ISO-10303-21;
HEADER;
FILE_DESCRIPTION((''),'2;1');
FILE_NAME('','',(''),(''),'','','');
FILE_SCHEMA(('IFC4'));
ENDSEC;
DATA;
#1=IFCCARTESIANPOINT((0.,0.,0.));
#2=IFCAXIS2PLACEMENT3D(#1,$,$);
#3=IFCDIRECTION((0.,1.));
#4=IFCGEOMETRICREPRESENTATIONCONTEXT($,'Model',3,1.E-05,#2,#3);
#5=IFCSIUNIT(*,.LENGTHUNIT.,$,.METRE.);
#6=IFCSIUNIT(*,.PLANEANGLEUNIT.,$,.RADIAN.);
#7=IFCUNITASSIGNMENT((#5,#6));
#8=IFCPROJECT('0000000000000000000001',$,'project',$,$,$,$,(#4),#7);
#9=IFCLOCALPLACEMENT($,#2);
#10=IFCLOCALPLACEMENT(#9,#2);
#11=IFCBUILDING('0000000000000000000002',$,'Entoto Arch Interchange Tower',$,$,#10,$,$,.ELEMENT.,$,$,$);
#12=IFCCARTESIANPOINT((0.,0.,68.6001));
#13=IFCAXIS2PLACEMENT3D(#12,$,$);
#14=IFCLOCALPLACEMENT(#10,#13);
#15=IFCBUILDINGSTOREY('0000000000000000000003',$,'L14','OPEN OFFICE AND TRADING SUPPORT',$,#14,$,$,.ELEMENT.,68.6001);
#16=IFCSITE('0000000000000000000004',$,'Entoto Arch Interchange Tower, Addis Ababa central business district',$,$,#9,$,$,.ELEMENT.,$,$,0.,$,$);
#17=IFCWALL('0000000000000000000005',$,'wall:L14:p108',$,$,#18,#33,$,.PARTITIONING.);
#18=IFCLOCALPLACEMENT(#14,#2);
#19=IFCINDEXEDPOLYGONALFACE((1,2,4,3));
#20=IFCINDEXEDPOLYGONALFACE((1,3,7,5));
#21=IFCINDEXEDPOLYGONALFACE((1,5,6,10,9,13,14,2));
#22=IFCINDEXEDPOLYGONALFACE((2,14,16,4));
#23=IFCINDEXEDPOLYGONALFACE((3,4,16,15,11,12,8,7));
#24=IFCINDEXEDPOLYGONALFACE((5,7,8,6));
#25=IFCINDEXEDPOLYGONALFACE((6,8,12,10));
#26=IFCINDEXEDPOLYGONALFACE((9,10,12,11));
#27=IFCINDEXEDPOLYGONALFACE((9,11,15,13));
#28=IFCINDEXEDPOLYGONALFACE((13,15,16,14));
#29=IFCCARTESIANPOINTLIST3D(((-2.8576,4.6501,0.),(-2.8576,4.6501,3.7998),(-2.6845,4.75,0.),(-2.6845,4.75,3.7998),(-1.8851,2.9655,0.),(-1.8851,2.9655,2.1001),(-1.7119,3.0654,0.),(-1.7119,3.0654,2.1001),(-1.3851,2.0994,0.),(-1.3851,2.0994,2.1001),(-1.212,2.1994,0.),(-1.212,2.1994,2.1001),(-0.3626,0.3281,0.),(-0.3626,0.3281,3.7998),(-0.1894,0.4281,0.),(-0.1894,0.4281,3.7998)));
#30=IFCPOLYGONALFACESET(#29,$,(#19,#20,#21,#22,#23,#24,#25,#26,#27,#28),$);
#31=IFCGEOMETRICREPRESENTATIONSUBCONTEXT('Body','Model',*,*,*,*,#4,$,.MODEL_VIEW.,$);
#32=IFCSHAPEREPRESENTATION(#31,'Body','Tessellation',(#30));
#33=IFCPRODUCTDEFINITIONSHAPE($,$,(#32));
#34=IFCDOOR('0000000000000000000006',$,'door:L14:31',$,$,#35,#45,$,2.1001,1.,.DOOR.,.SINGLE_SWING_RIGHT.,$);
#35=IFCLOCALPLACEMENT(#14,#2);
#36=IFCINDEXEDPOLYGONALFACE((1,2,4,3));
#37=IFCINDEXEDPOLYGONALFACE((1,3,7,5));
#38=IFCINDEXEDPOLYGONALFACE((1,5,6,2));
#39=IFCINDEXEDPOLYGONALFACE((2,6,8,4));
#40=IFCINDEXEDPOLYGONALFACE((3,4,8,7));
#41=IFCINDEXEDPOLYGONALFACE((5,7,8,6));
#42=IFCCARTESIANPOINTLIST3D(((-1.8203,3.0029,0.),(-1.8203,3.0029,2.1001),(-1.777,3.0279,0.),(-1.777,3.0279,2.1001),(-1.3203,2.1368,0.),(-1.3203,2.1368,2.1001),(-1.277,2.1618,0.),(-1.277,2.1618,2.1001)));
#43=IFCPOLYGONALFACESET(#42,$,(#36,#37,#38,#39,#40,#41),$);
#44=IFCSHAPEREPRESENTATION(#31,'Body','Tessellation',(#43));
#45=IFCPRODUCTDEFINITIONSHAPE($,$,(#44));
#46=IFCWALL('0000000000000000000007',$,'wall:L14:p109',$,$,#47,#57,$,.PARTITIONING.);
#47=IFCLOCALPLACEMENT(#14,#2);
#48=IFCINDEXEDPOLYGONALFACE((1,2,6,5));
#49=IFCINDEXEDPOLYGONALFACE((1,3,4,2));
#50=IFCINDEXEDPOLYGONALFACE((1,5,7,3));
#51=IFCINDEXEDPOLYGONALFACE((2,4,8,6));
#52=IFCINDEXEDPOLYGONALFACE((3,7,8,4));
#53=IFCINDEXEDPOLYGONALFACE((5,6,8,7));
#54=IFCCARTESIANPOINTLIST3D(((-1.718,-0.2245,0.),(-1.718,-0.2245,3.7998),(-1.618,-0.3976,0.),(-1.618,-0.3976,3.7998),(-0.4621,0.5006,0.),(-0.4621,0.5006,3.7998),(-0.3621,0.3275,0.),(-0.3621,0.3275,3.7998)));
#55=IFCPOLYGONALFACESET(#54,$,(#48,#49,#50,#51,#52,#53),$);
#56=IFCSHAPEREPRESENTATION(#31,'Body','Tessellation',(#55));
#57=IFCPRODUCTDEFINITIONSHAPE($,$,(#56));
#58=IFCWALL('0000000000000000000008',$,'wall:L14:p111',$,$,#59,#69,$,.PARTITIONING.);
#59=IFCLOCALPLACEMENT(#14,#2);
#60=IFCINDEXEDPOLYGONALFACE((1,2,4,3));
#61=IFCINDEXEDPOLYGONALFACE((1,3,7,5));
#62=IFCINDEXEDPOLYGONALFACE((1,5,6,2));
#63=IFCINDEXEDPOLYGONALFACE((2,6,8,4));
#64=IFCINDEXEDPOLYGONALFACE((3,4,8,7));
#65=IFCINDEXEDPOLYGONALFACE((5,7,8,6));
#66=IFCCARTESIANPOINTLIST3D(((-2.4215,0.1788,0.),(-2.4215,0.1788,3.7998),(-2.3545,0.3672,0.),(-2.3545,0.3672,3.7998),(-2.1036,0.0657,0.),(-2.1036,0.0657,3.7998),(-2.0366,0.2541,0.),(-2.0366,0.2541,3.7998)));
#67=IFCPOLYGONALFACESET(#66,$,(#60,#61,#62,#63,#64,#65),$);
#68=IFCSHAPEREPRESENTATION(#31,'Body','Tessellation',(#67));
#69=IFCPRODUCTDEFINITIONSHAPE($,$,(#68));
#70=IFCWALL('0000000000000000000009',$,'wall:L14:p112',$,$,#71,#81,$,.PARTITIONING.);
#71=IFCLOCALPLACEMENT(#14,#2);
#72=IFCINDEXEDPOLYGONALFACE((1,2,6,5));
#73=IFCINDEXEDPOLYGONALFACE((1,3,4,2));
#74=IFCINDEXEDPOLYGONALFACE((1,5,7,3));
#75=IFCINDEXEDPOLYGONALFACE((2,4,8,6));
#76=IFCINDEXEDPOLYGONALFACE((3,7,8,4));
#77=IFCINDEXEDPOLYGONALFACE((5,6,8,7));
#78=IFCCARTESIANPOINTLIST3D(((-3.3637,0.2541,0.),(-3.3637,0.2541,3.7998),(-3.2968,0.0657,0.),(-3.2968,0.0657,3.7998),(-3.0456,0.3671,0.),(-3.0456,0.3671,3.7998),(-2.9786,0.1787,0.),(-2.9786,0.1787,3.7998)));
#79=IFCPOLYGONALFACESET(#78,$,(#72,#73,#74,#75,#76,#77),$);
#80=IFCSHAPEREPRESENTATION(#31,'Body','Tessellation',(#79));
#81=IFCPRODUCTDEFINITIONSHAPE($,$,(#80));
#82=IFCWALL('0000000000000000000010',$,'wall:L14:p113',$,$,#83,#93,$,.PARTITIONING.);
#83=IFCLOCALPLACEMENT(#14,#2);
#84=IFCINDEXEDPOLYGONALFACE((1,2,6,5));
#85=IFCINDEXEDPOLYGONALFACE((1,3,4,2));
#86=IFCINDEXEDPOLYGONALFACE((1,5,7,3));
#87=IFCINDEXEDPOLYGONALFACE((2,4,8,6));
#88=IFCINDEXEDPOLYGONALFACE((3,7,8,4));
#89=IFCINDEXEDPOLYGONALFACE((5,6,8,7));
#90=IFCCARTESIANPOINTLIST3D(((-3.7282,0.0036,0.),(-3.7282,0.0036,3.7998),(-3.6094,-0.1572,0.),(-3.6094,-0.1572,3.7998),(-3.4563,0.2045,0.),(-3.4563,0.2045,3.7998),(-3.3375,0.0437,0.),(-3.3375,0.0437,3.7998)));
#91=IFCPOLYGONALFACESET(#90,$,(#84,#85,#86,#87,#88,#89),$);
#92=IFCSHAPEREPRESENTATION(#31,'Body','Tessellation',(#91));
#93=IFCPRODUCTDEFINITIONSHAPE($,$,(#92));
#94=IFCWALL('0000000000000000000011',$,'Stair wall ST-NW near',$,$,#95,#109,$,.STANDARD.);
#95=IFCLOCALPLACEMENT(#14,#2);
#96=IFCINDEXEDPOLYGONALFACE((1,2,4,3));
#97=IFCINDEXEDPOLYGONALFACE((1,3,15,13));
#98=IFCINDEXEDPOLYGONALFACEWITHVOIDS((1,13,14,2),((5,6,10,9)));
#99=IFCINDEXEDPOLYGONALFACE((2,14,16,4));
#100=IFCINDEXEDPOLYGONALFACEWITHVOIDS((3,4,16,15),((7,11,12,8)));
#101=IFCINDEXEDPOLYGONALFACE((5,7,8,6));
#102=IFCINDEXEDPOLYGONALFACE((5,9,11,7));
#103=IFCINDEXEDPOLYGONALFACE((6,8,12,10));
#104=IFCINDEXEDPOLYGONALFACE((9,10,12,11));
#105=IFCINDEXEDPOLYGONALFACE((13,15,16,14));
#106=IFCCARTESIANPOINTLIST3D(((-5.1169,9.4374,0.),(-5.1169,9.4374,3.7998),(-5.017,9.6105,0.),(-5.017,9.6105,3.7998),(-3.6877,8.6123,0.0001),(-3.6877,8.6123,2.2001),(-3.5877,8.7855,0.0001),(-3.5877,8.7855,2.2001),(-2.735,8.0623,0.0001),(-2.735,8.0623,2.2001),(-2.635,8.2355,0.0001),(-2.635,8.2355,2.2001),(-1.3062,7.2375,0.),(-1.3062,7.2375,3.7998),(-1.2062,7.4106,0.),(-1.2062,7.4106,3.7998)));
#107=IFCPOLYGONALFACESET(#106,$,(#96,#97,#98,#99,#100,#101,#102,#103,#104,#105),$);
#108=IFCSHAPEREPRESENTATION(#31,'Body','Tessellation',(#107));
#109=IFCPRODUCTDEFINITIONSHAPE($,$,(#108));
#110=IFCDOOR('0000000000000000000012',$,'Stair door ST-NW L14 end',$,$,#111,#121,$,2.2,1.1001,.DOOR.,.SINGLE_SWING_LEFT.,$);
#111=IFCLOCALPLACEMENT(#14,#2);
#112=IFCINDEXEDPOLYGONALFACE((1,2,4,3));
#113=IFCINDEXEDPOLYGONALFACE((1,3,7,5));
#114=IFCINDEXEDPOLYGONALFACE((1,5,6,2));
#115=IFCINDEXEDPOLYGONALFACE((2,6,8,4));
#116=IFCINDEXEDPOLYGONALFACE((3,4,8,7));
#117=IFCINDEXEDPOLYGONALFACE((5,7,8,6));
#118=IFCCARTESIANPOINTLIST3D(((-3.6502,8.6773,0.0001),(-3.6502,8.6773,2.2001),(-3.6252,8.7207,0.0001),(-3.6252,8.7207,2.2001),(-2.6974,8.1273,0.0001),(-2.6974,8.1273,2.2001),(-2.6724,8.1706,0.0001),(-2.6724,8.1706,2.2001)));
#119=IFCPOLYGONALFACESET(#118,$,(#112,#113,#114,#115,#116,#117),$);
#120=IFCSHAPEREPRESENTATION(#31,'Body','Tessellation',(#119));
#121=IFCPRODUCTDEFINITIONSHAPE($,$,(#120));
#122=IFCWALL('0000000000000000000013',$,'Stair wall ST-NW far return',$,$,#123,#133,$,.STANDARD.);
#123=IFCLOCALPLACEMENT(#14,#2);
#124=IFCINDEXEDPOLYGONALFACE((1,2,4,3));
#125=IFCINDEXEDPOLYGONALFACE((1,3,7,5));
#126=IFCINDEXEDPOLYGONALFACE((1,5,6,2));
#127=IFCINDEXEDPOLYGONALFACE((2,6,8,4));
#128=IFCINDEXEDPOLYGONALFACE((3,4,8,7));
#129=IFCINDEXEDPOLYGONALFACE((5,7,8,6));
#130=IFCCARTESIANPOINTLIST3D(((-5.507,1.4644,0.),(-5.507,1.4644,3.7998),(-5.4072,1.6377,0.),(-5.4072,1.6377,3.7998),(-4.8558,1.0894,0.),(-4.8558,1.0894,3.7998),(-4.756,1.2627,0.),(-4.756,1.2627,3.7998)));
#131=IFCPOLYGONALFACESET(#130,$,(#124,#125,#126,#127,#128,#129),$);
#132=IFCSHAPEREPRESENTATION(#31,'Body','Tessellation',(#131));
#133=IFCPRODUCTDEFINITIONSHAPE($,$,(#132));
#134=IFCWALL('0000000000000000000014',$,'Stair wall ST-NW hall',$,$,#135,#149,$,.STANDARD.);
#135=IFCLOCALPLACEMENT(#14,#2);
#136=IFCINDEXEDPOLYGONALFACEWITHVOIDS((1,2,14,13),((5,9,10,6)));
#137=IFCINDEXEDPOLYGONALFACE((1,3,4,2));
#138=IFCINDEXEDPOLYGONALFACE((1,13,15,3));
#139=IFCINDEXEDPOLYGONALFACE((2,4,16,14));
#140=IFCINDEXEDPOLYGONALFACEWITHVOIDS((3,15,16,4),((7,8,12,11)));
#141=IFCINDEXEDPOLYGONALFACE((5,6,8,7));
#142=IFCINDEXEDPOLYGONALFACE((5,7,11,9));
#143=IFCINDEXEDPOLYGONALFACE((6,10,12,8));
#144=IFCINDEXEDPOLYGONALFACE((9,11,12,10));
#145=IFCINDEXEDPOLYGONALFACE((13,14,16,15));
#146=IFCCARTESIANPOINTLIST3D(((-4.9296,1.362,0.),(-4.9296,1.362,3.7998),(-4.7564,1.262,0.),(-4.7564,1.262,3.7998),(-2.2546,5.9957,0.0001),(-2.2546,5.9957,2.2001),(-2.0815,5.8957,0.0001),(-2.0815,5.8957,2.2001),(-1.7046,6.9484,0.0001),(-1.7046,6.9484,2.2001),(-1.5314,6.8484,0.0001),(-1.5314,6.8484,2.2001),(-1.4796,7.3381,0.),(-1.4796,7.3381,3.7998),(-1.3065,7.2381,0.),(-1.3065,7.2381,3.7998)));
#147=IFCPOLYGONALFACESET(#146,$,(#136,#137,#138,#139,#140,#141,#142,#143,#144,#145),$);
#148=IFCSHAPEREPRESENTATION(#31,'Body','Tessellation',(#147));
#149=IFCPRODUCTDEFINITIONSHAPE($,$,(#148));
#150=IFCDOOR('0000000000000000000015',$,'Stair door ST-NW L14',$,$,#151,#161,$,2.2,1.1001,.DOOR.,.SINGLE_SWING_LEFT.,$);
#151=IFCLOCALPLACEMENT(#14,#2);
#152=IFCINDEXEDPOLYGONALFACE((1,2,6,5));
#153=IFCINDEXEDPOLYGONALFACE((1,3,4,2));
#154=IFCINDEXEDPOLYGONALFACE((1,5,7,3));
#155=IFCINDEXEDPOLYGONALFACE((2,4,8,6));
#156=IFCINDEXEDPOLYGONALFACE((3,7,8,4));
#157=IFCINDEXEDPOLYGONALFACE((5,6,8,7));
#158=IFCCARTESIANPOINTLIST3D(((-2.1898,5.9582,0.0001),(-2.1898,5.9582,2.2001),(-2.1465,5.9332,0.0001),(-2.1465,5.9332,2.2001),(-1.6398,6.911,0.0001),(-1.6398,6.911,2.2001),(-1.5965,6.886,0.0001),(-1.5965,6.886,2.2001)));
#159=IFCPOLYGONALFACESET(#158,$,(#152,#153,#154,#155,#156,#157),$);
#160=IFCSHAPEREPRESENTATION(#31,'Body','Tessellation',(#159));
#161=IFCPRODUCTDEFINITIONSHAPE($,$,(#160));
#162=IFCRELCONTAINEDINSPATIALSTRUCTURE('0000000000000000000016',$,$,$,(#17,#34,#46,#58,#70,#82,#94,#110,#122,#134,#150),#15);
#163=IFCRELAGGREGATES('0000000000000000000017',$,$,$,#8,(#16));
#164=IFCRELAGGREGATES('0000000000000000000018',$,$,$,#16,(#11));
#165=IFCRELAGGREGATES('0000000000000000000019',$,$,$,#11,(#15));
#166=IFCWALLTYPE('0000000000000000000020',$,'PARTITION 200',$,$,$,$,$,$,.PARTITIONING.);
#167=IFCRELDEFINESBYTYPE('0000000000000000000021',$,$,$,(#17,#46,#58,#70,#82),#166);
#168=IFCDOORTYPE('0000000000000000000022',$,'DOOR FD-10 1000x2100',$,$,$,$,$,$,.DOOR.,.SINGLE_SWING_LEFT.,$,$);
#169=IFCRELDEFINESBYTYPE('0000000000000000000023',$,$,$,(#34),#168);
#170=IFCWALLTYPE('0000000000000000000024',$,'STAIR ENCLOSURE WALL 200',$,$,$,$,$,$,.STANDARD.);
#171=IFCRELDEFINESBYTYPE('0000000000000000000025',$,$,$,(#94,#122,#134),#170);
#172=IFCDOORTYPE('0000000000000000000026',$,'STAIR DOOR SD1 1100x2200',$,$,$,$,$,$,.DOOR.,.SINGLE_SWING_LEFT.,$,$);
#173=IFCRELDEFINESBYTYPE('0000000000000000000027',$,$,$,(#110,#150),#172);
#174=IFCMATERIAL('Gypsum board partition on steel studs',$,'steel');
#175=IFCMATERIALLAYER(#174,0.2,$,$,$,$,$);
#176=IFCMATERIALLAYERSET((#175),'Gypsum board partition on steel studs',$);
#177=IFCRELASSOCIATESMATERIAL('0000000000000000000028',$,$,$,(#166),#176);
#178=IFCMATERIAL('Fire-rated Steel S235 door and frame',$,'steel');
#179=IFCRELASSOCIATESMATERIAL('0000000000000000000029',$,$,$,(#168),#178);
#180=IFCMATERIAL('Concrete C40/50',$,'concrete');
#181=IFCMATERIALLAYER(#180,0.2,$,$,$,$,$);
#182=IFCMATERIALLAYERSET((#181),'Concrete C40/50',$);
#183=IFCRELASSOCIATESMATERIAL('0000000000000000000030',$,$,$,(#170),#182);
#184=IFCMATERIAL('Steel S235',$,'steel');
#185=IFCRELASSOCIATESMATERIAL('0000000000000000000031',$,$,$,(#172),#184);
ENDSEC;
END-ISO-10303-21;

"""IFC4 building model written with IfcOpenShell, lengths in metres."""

from ifc_helpers import new_model, si_unit, direction, frame, frame_2d, origin, place, context, subcontext, project, spatial, rectangle, extrude, material, layer, layer_set, type_object, element, fill, save


model = new_model("IFC4")

# Units and contexts
model_context = context("Model", 3, precision=1e-05, world=origin(), true_north=direction((0.0, 1.0)))
body_context = subcontext(model_context, "Body", "Model", "MODEL_VIEW")
ifc_project = project(units=[si_unit("LENGTHUNIT", "METRE"), si_unit("PLANEANGLEUNIT", "RADIAN")], contexts=[model_context])

# Site, building, storey
site_placement = place(None, origin())
site = spatial("IfcSite", under=ifc_project, at=site_placement, Name="Entoto Arch Interchange Tower, Addis Ababa central business district", CompositionType="ELEMENT", RefElevation=0.0)
building_placement = place(site_placement, origin())
building = spatial("IfcBuilding", under=site, at=building_placement, Name="Entoto Arch Interchange Tower", CompositionType="ELEMENT")
storey_placement = place(building_placement, frame((0.0, 0.0, 68.6001)))
storey = spatial("IfcBuildingStorey", under=building, at=storey_placement, Name="L14", Description="OPEN OFFICE AND TRADING SUPPORT", CompositionType="ELEMENT", Elevation=68.6001)

# Wall, opening, door
ifc_material_1 = material(Name="Concrete C40/50", Category="concrete")
ifc_material_2 = material(Name="Gypsum board partition on steel studs", Category="steel")
ifc_layer_1 = layer(ifc_material_2, 0.2)
ifc_layer_set_1 = layer_set([ifc_layer_1], Name="Gypsum board partition on steel studs")
wall_type_1 = type_object("IfcWallType", Name="PARTITION 200", PredefinedType="PARTITIONING", material=ifc_layer_set_1)
wall_1_placement = place(storey_placement, frame((-2.771, 4.7, 0.0), z_axis=(0.0, 0.0, 1.0), x_axis=(0.499969, -0.866043, 0.0)))
wall_1 = element("IfcWall", 1, at=wall_1_placement, inside=storey, type_object=wall_type_1, Name="wall:L14:p108", PredefinedType="PARTITIONING", context=body_context, shape_type="SweptSolid", body=[
    extrude(rectangle(XDim=4.9905, YDim=0.2, at=frame_2d((2.4951, 0.0))), origin(), (0.0, 0.0, 1.0), 3.7998),
])
opening_1_placement = place(wall_1_placement, frame((1.9451, 0.0, 0.0)))
opening_1 = element("IfcOpeningElement", 2, at=opening_1_placement, cuts=wall_1, PredefinedType="OPENING", context=body_context, shape_type="SweptSolid", body=[
    extrude(rectangle(XDim=1.0, YDim=2.1001, at=frame_2d((0.5, 1.05))), frame((0.0, 0.1099, 0.0), z_axis=(0.0, -1.0, 0.0), x_axis=(1.0, 0.0, 0.0)), (0.0, 0.0, 1.0), 0.22),
])
ifc_material_3 = material(Name="Fire-rated Steel S235 door and frame", Category="steel")
door_type_1 = type_object("IfcDoorType", Name="DOOR FD-10 1000x2100", OperationType="SINGLE_SWING_LEFT", PredefinedType="DOOR", material=ifc_material_3)
door_1_placement = place(opening_1_placement, origin())
door_1 = element("IfcDoor", 3, at=door_1_placement, inside=storey, type_object=door_type_1, Name="door:L14:31", OperationType="SINGLE_SWING_RIGHT", OverallHeight=2.1001, OverallWidth=1.0, PredefinedType="DOOR", context=body_context, shape_type="SweptSolid", body=[
    extrude(rectangle(XDim=1.0, YDim=2.1001, at=frame_2d((0.5, 1.05))), frame((0.0, 0.0249, 0.0), z_axis=(0.0, -1.0, 0.0), x_axis=(1.0, 0.0, 0.0)), (0.0, 0.0, 1.0), 0.05),
])
fill(opening_1, door_1)

# Walls
wall_2_placement = place(storey_placement, frame((-0.4121, 0.4141, 0.0), z_axis=(0.0, 0.0, 1.0), x_axis=(-0.866017, -0.500014, 0.0)))
element("IfcWall", 4, at=wall_2_placement, inside=storey, type_object=wall_type_1, Name="wall:L14:p109", PredefinedType="PARTITIONING", context=body_context, shape_type="SweptSolid", body=[
    extrude(rectangle(XDim=1.4502, YDim=0.2, at=frame_2d((0.7251, 0.0))), origin(), (0.0, 0.0, 1.0), 3.7998),
])
wall_3_placement = place(storey_placement, frame((-2.0701, 0.1599, 0.0), z_axis=(0.0, 0.0, 1.0), x_axis=(-0.942199, 0.335052, 0.0)))
element("IfcWall", 5, at=wall_3_placement, inside=storey, type_object=wall_type_1, Name="wall:L14:p111", PredefinedType="PARTITIONING", context=body_context, shape_type="SweptSolid", body=[
    extrude(rectangle(XDim=0.3374, YDim=0.2, at=frame_2d((0.1687, 0.0))), origin(), (0.0, 0.0, 1.0), 3.7998),
])
wall_4_placement = place(storey_placement, frame((-3.012, 0.2729, 0.0), z_axis=(0.0, 0.0, 1.0), x_axis=(-0.942281, -0.334824, 0.0)))
element("IfcWall", 6, at=wall_4_placement, inside=storey, type_object=wall_type_1, Name="wall:L14:p112", PredefinedType="PARTITIONING", context=body_context, shape_type="SweptSolid", body=[
    extrude(rectangle(XDim=0.3376, YDim=0.2, at=frame_2d((0.1689, 0.0))), origin(), (0.0, 0.0, 1.0), 3.7998),
])
wall_5_placement = place(storey_placement, frame((-3.397, 0.124, 0.0), z_axis=(0.0, 0.0, 1.0), x_axis=(-0.804311, -0.594208, 0.0)))
element("IfcWall", 7, at=wall_5_placement, inside=storey, type_object=wall_type_1, Name="wall:L14:p113", PredefinedType="PARTITIONING", context=body_context, shape_type="SweptSolid", body=[
    extrude(rectangle(XDim=0.3381, YDim=0.2, at=frame_2d((0.1689, 0.0))), origin(), (0.0, 0.0, 1.0), 3.7998),
])

# Wall, opening, door
ifc_layer_2 = layer(ifc_material_1, 0.2)
ifc_layer_set_2 = layer_set([ifc_layer_2], Name="Concrete C40/50")
wall_type_2 = type_object("IfcWallType", Name="STAIR ENCLOSURE WALL 200", PredefinedType="STANDARD", material=ifc_layer_set_2)
wall_6_placement = place(storey_placement, frame((-1.2561, 7.324, 0.0), z_axis=(0.0, 0.0, 1.0), x_axis=(-0.866046, 0.499964, 0.0)))
wall_6 = element("IfcWall", 8, at=wall_6_placement, inside=storey, type_object=wall_type_2, Name="Stair wall ST-NW near", PredefinedType="STANDARD", context=body_context, shape_type="SweptSolid", body=[
    extrude(rectangle(XDim=4.4001, YDim=0.2, at=frame_2d((2.2002, 0.0))), origin(), (0.0, 0.0, 1.0), 3.7998),
])
opening_2_placement = place(wall_6_placement, frame((1.6499, 0.0, 0.0)))
opening_2 = element("IfcOpeningElement", 9, at=opening_2_placement, cuts=wall_6, PredefinedType="OPENING", context=body_context, shape_type="SweptSolid", body=[
    extrude(rectangle(XDim=1.1001, YDim=2.2, at=frame_2d((0.55, 1.1001))), frame((0.0, 0.1099, 0.0), z_axis=(0.0, -1.0, 0.0), x_axis=(1.0, 0.0, 0.0)), (0.0, 0.0, 1.0), 0.22),
])
ifc_material_4 = material(Name="Steel S235", Category="steel")
door_type_2 = type_object("IfcDoorType", Name="STAIR DOOR SD1 1100x2200", OperationType="SINGLE_SWING_LEFT", PredefinedType="DOOR", material=ifc_material_4)
door_2_placement = place(opening_2_placement, origin())
door_2 = element("IfcDoor", 10, at=door_2_placement, inside=storey, type_object=door_type_2, Name="Stair door ST-NW L14 end", OperationType="SINGLE_SWING_LEFT", OverallHeight=2.2, OverallWidth=1.1001, PredefinedType="DOOR", context=body_context, shape_type="SweptSolid", body=[
    extrude(rectangle(XDim=1.1001, YDim=2.2, at=frame_2d((0.55, 1.1001))), frame((0.0, 0.0249, 0.0), z_axis=(0.0, -1.0, 0.0), x_axis=(1.0, 0.0, 0.0)), (0.0, 0.0, 1.0), 0.05),
])
fill(opening_2, door_2)

# Wall
wall_7_placement = place(storey_placement, frame((-4.8059, 1.176, 0.0), z_axis=(0.0, 0.0, 1.0), x_axis=(-0.866559, 0.499075, 0.0)))
element("IfcWall", 11, at=wall_7_placement, inside=storey, type_object=wall_type_2, Name="Stair wall ST-NW far return", PredefinedType="STANDARD", context=body_context, shape_type="SweptSolid", body=[
    extrude(rectangle(XDim=0.7515, YDim=0.2, at=frame_2d((0.3757, 0.0))), origin(), (0.0, 0.0, 1.0), 3.7998),
])

# Wall, opening, door
wall_8_placement = place(storey_placement, frame((-1.3931, 7.2881, 0.0), z_axis=(0.0, 0.0, 1.0), x_axis=(-0.499963, -0.866047, 0.0)))
wall_8 = element("IfcWall", 12, at=wall_8_placement, inside=storey, type_object=wall_type_2, Name="Stair wall ST-NW hall", PredefinedType="STANDARD", context=body_context, shape_type="SweptSolid", body=[
    extrude(rectangle(XDim=6.9004, YDim=0.2, at=frame_2d((3.4502, 0.0))), origin(), (0.0, 0.0, 1.0), 3.7998),
])
opening_3_placement = place(wall_8_placement, frame((0.45, 0.0, 0.0)))
opening_3 = element("IfcOpeningElement", 13, at=opening_3_placement, cuts=wall_8, PredefinedType="OPENING", context=body_context, shape_type="SweptSolid", body=[
    extrude(rectangle(XDim=1.1001, YDim=2.2, at=frame_2d((0.55, 1.1001))), frame((0.0, 0.1099, 0.0), z_axis=(0.0, -1.0, 0.0), x_axis=(1.0, 0.0, 0.0)), (0.0, 0.0, 1.0), 0.22),
])
door_3_placement = place(opening_3_placement, origin())
door_3 = element("IfcDoor", 14, at=door_3_placement, inside=storey, type_object=door_type_2, Name="Stair door ST-NW L14", OperationType="SINGLE_SWING_LEFT", OverallHeight=2.2, OverallWidth=1.1001, PredefinedType="DOOR", context=body_context, shape_type="SweptSolid", body=[
    extrude(rectangle(XDim=1.1001, YDim=2.2, at=frame_2d((0.55, 1.1001))), frame((0.0, 0.0249, 0.0), z_axis=(0.0, -1.0, 0.0), x_axis=(1.0, 0.0, 0.0)), (0.0, 0.0, 1.0), 0.05),
])
fill(opening_3, door_3)

save(model, "model.ifc")
